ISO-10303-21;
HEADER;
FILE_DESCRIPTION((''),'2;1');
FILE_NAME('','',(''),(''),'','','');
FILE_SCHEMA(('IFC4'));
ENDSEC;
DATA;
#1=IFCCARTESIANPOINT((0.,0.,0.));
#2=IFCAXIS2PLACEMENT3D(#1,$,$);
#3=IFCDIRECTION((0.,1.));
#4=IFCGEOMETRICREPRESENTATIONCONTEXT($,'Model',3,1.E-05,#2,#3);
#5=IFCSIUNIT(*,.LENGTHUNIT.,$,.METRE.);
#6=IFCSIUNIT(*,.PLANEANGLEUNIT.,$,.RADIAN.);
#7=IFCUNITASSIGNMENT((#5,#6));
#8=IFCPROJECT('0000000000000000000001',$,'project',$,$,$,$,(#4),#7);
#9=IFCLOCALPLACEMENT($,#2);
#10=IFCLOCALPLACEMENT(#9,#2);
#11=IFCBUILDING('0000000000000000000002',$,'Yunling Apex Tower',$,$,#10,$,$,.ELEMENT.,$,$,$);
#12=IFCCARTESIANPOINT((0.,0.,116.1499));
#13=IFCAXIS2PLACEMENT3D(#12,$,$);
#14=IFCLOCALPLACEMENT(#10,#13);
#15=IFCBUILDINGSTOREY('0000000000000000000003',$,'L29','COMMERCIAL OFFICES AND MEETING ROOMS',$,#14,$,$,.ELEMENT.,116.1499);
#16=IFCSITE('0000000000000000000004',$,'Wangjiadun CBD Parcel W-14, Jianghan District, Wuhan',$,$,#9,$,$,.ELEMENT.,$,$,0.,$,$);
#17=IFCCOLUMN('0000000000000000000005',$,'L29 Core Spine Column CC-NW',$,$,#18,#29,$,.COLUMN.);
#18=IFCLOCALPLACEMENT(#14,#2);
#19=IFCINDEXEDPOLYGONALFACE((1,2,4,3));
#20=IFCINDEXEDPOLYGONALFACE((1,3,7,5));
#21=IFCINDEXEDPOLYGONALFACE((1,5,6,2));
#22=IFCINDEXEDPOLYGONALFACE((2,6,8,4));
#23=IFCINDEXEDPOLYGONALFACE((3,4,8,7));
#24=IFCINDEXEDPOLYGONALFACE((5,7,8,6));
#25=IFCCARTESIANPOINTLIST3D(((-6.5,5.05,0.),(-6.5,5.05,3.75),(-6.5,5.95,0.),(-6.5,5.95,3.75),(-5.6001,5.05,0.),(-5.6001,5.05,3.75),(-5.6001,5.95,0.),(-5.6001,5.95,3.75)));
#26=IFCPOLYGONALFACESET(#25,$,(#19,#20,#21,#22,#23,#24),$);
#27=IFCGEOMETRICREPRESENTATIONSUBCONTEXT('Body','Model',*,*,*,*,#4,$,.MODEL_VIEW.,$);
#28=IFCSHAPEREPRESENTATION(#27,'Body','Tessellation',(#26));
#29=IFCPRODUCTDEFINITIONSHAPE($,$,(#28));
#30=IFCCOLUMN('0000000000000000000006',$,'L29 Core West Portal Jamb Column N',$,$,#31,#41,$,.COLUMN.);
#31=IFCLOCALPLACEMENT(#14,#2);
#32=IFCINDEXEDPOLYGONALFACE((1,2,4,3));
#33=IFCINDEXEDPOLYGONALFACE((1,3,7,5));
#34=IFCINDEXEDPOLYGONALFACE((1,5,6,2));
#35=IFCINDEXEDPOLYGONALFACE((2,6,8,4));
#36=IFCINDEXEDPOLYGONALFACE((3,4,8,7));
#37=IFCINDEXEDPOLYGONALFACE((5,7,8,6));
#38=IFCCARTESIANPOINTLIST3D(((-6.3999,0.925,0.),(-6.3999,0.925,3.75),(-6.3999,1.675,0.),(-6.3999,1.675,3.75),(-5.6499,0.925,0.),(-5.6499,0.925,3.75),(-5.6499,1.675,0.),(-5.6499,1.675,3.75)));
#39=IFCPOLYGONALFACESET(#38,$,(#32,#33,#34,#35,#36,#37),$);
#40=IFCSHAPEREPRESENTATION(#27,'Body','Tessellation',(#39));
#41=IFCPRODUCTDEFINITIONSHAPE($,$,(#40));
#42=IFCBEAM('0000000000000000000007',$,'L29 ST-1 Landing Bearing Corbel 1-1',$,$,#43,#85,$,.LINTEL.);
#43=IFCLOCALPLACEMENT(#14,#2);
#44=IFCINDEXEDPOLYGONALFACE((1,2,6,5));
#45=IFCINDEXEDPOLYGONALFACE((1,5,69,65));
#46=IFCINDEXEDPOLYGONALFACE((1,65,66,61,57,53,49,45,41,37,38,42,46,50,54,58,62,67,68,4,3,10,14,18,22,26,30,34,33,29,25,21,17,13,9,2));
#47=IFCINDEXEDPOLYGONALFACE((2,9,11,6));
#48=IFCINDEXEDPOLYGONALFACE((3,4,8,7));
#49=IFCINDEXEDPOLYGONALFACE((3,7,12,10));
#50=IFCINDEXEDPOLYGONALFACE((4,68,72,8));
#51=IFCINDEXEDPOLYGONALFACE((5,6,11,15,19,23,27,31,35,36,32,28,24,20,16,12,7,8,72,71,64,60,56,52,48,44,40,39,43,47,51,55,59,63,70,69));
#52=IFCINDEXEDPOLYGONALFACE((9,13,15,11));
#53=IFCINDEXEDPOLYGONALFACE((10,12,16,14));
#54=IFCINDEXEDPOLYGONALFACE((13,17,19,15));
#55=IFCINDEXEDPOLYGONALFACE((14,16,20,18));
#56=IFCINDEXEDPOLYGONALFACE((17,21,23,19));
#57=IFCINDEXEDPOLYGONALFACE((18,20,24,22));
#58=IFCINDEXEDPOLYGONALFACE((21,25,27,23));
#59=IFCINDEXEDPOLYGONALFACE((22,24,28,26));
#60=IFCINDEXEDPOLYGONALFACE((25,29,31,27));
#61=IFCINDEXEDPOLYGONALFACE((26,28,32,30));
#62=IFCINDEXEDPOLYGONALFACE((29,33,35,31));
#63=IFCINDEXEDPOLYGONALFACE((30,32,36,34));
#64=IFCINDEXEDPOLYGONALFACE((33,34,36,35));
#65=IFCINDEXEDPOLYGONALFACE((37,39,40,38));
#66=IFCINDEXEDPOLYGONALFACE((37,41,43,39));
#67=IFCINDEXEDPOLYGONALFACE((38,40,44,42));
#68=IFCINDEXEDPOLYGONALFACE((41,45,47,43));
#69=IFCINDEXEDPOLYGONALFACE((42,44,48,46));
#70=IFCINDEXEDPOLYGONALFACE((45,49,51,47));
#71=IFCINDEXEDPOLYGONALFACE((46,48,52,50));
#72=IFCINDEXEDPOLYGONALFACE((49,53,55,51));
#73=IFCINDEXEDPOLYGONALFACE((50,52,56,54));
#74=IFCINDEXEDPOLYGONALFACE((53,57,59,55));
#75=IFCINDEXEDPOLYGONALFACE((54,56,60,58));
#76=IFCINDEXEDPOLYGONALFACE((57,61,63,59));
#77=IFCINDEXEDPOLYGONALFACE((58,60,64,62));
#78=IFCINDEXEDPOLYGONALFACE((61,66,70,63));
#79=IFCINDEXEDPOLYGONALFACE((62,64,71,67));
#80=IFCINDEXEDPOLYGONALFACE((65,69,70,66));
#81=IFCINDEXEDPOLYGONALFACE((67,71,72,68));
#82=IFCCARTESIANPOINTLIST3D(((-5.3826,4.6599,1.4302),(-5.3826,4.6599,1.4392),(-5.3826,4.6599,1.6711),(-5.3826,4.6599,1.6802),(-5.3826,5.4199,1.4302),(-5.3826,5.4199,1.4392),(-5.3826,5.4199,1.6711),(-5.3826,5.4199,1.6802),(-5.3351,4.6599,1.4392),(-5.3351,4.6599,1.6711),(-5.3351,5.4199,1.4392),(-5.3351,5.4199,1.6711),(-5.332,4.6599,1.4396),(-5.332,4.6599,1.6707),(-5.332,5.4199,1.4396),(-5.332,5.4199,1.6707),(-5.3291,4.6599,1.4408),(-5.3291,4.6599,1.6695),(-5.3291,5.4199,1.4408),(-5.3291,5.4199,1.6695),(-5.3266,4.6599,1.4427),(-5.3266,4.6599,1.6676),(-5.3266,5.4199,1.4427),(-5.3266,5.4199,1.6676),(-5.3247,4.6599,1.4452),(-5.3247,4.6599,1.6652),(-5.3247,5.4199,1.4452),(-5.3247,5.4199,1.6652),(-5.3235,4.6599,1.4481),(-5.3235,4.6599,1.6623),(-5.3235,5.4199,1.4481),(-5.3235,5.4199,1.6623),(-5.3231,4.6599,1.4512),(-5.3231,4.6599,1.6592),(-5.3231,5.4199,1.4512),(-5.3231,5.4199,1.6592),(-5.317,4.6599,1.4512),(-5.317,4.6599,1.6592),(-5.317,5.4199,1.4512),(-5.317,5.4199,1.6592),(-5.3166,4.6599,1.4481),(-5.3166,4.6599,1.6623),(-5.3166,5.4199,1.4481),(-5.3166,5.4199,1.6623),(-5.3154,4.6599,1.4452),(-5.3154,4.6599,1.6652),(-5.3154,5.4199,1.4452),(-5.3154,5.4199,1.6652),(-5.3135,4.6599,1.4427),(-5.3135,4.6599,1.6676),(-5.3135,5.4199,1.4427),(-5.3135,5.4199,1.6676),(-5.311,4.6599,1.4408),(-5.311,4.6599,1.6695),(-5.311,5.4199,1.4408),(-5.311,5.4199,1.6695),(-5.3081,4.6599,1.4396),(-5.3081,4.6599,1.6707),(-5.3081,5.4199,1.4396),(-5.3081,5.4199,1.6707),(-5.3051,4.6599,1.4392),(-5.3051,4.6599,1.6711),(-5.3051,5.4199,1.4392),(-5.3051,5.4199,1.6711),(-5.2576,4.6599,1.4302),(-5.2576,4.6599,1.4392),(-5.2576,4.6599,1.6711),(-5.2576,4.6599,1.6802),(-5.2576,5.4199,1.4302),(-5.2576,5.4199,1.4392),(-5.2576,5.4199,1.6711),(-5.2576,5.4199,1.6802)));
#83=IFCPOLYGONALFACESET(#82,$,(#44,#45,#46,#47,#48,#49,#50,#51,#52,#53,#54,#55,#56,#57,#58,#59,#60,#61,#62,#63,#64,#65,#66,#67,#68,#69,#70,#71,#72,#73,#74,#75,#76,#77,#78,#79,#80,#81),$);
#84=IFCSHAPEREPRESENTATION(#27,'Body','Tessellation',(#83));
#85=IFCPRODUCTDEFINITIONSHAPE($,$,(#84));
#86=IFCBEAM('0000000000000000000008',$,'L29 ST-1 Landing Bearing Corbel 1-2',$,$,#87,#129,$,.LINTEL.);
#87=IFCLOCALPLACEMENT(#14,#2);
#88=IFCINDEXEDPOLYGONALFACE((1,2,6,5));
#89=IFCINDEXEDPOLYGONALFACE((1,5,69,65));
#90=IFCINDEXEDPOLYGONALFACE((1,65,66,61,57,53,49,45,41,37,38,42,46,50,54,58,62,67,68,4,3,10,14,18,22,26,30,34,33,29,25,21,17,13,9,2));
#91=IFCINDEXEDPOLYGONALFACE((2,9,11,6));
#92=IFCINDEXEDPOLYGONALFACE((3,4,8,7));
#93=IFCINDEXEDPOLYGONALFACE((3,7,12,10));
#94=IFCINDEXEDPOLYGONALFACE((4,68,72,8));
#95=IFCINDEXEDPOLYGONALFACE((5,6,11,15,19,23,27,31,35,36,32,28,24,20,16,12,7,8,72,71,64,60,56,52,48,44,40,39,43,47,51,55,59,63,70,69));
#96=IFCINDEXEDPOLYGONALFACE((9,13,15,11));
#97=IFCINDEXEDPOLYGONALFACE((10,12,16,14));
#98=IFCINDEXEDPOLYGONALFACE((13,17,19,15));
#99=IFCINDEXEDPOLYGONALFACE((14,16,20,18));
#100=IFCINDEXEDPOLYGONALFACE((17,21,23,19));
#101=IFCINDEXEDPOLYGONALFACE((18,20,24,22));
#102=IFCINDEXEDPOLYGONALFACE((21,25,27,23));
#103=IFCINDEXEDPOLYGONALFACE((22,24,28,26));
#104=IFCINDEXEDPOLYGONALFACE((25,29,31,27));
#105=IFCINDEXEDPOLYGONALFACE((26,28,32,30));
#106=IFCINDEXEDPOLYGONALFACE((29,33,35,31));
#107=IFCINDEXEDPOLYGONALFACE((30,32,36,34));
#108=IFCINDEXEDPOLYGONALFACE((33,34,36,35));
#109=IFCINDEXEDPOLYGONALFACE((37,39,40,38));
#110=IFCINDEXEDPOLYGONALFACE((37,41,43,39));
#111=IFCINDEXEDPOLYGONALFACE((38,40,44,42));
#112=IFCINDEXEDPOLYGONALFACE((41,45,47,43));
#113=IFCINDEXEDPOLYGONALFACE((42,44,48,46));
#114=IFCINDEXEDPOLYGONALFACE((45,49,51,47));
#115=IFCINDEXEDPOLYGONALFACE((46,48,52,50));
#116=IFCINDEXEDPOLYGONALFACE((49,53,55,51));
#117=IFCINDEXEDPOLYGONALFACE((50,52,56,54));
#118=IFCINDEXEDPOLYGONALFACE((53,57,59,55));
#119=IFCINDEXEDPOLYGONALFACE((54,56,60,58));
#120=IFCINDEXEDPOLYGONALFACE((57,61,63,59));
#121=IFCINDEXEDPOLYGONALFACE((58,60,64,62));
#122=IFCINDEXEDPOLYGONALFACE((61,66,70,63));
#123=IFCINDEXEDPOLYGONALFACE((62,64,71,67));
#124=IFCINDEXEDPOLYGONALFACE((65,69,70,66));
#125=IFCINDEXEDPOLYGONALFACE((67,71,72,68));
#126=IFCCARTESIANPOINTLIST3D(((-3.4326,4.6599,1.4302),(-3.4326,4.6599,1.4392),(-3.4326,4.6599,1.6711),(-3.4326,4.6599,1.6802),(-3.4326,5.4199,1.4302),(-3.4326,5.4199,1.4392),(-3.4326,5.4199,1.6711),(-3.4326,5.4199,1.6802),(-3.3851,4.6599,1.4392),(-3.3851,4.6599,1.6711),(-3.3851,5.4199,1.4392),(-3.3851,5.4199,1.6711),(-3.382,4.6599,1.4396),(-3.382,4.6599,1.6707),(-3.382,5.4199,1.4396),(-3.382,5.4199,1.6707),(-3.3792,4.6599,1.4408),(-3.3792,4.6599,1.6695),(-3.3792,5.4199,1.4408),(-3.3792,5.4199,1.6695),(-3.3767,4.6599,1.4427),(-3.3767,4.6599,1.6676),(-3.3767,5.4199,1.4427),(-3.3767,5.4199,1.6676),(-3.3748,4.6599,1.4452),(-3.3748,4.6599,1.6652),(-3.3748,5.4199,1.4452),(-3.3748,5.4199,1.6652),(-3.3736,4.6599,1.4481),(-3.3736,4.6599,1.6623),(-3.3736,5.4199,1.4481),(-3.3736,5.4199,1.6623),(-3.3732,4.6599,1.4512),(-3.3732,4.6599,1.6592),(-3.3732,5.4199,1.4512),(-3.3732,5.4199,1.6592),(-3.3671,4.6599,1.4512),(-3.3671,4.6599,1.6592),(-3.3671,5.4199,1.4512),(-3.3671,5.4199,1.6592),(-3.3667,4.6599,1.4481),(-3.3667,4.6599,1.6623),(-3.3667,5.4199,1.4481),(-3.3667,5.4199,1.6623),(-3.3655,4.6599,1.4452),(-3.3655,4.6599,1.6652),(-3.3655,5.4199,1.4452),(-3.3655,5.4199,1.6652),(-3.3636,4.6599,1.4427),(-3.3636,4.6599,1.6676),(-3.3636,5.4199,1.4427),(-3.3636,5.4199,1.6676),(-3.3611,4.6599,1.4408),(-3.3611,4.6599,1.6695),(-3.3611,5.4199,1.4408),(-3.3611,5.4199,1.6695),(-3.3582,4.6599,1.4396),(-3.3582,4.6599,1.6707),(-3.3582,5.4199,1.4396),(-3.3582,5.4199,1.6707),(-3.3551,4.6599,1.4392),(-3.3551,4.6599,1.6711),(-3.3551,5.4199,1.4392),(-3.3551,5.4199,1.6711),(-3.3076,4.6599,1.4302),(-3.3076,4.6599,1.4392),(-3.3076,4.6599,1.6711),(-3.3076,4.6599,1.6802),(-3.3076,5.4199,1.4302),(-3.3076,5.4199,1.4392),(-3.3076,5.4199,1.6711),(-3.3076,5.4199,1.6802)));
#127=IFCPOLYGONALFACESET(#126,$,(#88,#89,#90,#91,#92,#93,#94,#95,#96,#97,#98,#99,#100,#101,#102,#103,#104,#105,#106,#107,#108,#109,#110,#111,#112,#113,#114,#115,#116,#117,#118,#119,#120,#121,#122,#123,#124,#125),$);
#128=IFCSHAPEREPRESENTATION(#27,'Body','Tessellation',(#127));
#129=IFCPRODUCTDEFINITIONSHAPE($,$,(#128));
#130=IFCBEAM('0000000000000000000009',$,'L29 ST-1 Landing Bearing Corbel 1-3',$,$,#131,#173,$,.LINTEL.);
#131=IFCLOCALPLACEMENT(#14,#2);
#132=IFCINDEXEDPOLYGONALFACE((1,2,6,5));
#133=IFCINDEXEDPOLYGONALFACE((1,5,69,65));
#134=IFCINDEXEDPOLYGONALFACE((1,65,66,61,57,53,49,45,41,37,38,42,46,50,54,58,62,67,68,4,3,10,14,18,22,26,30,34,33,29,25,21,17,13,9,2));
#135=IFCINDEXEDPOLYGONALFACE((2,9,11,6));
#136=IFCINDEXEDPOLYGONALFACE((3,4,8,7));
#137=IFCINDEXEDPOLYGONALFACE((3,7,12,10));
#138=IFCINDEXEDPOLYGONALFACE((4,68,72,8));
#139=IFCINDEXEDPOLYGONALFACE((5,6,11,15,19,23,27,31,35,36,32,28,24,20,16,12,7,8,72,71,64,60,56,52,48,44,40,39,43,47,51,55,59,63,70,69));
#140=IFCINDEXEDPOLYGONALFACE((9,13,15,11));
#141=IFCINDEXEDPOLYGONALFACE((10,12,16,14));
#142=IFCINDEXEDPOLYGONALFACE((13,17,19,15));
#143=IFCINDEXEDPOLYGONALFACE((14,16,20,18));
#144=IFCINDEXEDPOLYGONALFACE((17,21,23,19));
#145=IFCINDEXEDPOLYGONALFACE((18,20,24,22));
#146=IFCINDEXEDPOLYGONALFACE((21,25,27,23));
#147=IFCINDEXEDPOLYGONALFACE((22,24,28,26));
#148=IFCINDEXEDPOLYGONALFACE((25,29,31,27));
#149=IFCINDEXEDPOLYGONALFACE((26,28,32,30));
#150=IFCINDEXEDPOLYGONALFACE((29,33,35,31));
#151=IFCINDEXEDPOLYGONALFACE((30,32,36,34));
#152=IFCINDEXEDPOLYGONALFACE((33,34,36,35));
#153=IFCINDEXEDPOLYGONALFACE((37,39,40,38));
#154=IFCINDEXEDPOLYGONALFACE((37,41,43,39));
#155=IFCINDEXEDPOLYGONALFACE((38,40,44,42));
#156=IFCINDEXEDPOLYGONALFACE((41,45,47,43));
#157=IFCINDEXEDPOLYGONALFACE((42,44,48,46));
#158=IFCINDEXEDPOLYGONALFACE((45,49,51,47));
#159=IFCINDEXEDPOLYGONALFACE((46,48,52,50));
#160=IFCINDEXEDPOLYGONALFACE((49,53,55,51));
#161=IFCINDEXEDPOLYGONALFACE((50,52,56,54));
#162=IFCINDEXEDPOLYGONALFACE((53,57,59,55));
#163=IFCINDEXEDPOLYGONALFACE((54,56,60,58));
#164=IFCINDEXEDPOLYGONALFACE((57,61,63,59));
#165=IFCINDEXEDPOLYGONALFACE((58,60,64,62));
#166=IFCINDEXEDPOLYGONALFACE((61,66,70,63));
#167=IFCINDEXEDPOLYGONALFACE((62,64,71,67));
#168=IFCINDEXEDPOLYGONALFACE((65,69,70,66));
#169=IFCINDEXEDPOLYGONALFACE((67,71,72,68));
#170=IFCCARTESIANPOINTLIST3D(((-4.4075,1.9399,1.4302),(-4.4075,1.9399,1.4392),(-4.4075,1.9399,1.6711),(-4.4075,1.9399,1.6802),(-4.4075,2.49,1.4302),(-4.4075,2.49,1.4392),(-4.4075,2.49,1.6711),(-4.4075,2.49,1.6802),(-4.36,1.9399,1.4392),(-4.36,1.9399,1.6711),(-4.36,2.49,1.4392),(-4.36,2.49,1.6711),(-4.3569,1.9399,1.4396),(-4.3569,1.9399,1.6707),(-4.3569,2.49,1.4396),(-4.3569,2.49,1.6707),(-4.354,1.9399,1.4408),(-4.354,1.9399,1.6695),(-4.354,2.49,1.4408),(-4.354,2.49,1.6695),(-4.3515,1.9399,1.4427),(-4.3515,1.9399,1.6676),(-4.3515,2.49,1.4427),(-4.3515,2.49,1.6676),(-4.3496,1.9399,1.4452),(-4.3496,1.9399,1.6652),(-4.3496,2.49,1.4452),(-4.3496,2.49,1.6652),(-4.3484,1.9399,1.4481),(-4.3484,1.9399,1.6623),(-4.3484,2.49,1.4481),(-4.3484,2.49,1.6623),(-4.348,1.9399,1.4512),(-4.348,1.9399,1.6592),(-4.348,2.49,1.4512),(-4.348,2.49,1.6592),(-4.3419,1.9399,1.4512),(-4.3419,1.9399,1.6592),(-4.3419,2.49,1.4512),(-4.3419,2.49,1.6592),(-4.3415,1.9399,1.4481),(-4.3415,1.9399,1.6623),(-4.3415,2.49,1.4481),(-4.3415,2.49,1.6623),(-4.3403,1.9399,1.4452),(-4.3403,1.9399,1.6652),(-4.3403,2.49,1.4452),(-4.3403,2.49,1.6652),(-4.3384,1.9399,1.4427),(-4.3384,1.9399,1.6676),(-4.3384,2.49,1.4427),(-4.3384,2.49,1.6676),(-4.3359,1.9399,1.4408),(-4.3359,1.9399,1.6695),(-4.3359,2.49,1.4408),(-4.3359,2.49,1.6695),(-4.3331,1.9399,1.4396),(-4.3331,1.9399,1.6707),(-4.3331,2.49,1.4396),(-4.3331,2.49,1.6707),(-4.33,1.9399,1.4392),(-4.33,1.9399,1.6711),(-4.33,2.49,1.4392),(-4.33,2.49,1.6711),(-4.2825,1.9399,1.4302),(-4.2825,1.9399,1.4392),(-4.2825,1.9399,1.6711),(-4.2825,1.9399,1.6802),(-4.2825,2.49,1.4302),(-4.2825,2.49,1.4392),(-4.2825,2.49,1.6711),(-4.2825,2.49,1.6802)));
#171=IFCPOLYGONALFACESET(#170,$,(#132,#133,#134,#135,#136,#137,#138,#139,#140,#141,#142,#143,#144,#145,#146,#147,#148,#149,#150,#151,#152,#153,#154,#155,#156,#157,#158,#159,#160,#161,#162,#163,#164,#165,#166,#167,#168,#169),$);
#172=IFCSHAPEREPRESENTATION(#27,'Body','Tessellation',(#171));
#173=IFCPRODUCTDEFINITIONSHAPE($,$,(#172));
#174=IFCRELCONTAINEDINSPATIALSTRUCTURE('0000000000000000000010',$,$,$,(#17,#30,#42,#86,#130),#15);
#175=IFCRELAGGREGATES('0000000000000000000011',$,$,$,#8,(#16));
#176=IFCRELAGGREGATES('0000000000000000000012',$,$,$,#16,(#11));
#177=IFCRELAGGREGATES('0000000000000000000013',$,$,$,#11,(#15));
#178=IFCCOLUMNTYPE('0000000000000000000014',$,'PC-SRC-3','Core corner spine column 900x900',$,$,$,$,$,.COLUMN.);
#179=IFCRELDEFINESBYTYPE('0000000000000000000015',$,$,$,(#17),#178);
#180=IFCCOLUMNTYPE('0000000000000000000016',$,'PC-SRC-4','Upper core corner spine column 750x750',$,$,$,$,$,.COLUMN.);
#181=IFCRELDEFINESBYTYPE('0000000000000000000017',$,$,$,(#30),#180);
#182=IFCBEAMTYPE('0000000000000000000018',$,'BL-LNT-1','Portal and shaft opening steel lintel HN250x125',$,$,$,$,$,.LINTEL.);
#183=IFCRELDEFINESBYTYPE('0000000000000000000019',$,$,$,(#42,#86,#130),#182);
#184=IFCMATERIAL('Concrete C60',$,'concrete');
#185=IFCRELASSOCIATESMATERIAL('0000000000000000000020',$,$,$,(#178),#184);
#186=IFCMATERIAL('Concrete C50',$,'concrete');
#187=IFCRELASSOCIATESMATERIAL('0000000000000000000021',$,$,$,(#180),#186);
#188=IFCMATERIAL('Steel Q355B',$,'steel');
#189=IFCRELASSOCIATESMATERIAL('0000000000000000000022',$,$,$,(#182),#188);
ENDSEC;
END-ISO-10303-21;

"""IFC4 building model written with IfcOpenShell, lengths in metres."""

from ifc_helpers import new_model, si_unit, direction, frame, origin, origin_2d, place, context, subcontext, project, spatial, rectangle, i_section, extrude, source, transform, mapped, material, material_profile, profile_set, type_object, element, save


model = new_model("IFC4")

# Units and contexts
model_context = context("Model", 3, precision=1e-05, world=origin(), true_north=direction((0.0, 1.0)))
body_context = subcontext(model_context, "Body", "Model", "MODEL_VIEW")
ifc_project = project(units=[si_unit("LENGTHUNIT", "METRE"), si_unit("PLANEANGLEUNIT", "RADIAN")], contexts=[model_context])

# Site, building, storey
site_placement = place(None, origin())
site = spatial("IfcSite", under=ifc_project, at=site_placement, Name="Wangjiadun CBD Parcel W-14, Jianghan District, Wuhan", CompositionType="ELEMENT", RefElevation=0.0)
building_placement = place(site_placement, origin())
building = spatial("IfcBuilding", under=site, at=building_placement, Name="Yunling Apex Tower", CompositionType="ELEMENT")
storey_placement = place(building_placement, frame((0.0, 0.0, 116.1499)))
storey = spatial("IfcBuildingStorey", under=building, at=storey_placement, Name="L29", Description="COMMERCIAL OFFICES AND MEETING ROOMS", CompositionType="ELEMENT", Elevation=116.1499)

# Columns
ifc_material_1 = material(Name="Concrete C60", Category="concrete")
ifc_material_profile_1 = material_profile(ifc_material_1, rectangle(XDim=0.8999, YDim=0.8999, at=origin_2d()))
ifc_profile_set_1 = profile_set([ifc_material_profile_1], Name="Concrete C60")
column_type_1 = type_object("IfcColumnType", Name="PC-SRC-3", Description="Core corner spine column 900x900", PredefinedType="COLUMN", material=ifc_profile_set_1)
shared_shape_1 = source(origin(), body_context, "Body", "SweptSolid", [
    extrude(rectangle(XDim=0.8999, YDim=0.8999, at=origin_2d()), origin(), (0.0, 0.0, 1.0), 3.75),
])
column_1_placement = place(storey_placement, frame((-6.05, 5.5, 0.0), z_axis=(0.0, 0.0, 1.0), x_axis=(1.0, 0.0, 0.0)))
element("IfcColumn", 1, at=column_1_placement, inside=storey, type_object=column_type_1, Name="L29 Core Spine Column CC-NW", PredefinedType="COLUMN", context=body_context, shape_type="MappedRepresentation", body=[
    mapped(shared_shape_1, transform((0.0, 0.0, 0.0), scale=1.0)),
])
ifc_material_2 = material(Name="Concrete C50", Category="concrete")
ifc_material_profile_2 = material_profile(ifc_material_2, rectangle(XDim=0.75, YDim=0.75, at=origin_2d()))
ifc_profile_set_2 = profile_set([ifc_material_profile_2], Name="Concrete C50")
column_type_2 = type_object("IfcColumnType", Name="PC-SRC-4", Description="Upper core corner spine column 750x750", PredefinedType="COLUMN", material=ifc_profile_set_2)
shared_shape_2 = source(origin(), body_context, "Body", "SweptSolid", [
    extrude(rectangle(XDim=0.75, YDim=0.75, at=origin_2d()), origin(), (0.0, 0.0, 1.0), 3.75),
])
column_2_placement = place(storey_placement, frame((-6.0249, 1.3, 0.0), z_axis=(0.0, 0.0, 1.0), x_axis=(1.0, 0.0, 0.0)))
element("IfcColumn", 2, at=column_2_placement, inside=storey, type_object=column_type_2, Name="L29 Core West Portal Jamb Column N", PredefinedType="COLUMN", context=body_context, shape_type="MappedRepresentation", body=[
    mapped(shared_shape_2, transform((0.0, 0.0, 0.0), scale=1.0)),
])

# Beams
ifc_material_3 = material(Name="Steel Q355B", Category="steel")
ifc_material_profile_3 = material_profile(ifc_material_3, i_section(OverallWidth=0.125, OverallDepth=0.25, WebThickness=0.0061, FlangeThickness=0.009, FilletRadius=0.012, at=origin_2d()))
ifc_profile_set_3 = profile_set([ifc_material_profile_3], Name="Steel Q355B")
beam_type_1 = type_object("IfcBeamType", Name="BL-LNT-1", Description="Portal and shaft opening steel lintel HN250x125", PredefinedType="LINTEL", material=ifc_profile_set_3)
shared_shape_3 = source(origin(), body_context, "Body", "SweptSolid", [
    extrude(i_section(OverallWidth=0.125, OverallDepth=0.25, WebThickness=0.0061, FlangeThickness=0.009, FilletRadius=0.012, at=origin_2d()), origin(), (0.0, 0.0, 1.0), 0.76),
])
for number, where, z_axis, x_axis, name in (
    (3, (-5.3201, 5.4199, 1.5552), (0.0, -1.0, 0.0), (1.0, 0.0, 0.0), "L29 ST-1 Landing Bearing Corbel 1-1"),
    (4, (-3.3701, 5.4199, 1.5552), (0.0, -1.0, 0.0), (1.0, 0.0, 0.0), "L29 ST-1 Landing Bearing Corbel 1-2"),
):
    element("IfcBeam", number, at=place(storey_placement, frame(where, z_axis=z_axis, x_axis=x_axis)), inside=storey, type_object=beam_type_1, Name=name, PredefinedType="LINTEL", context=body_context, shape_type="MappedRepresentation", body=[
        mapped(shared_shape_3, transform((0.0, 0.0, 0.0), scale=1.0)),
    ])
shared_shape_4 = source(origin(), body_context, "Body", "SweptSolid", [
    extrude(i_section(OverallWidth=0.125, OverallDepth=0.25, WebThickness=0.0061, FlangeThickness=0.009, FilletRadius=0.012, at=origin_2d()), origin(), (0.0, 0.0, 1.0), 0.55),
])
beam_1_placement = place(storey_placement, frame((-4.345, 1.9399, 1.5552), z_axis=(0.0, 1.0, 0.0), x_axis=(-1.0, 0.0, 0.0)))
element("IfcBeam", 5, at=beam_1_placement, inside=storey, type_object=beam_type_1, Name="L29 ST-1 Landing Bearing Corbel 1-3", PredefinedType="LINTEL", context=body_context, shape_type="MappedRepresentation", body=[
    mapped(shared_shape_4, transform((0.0, 0.0, 0.0), scale=1.0)),
])

save(model, "model.ifc")
